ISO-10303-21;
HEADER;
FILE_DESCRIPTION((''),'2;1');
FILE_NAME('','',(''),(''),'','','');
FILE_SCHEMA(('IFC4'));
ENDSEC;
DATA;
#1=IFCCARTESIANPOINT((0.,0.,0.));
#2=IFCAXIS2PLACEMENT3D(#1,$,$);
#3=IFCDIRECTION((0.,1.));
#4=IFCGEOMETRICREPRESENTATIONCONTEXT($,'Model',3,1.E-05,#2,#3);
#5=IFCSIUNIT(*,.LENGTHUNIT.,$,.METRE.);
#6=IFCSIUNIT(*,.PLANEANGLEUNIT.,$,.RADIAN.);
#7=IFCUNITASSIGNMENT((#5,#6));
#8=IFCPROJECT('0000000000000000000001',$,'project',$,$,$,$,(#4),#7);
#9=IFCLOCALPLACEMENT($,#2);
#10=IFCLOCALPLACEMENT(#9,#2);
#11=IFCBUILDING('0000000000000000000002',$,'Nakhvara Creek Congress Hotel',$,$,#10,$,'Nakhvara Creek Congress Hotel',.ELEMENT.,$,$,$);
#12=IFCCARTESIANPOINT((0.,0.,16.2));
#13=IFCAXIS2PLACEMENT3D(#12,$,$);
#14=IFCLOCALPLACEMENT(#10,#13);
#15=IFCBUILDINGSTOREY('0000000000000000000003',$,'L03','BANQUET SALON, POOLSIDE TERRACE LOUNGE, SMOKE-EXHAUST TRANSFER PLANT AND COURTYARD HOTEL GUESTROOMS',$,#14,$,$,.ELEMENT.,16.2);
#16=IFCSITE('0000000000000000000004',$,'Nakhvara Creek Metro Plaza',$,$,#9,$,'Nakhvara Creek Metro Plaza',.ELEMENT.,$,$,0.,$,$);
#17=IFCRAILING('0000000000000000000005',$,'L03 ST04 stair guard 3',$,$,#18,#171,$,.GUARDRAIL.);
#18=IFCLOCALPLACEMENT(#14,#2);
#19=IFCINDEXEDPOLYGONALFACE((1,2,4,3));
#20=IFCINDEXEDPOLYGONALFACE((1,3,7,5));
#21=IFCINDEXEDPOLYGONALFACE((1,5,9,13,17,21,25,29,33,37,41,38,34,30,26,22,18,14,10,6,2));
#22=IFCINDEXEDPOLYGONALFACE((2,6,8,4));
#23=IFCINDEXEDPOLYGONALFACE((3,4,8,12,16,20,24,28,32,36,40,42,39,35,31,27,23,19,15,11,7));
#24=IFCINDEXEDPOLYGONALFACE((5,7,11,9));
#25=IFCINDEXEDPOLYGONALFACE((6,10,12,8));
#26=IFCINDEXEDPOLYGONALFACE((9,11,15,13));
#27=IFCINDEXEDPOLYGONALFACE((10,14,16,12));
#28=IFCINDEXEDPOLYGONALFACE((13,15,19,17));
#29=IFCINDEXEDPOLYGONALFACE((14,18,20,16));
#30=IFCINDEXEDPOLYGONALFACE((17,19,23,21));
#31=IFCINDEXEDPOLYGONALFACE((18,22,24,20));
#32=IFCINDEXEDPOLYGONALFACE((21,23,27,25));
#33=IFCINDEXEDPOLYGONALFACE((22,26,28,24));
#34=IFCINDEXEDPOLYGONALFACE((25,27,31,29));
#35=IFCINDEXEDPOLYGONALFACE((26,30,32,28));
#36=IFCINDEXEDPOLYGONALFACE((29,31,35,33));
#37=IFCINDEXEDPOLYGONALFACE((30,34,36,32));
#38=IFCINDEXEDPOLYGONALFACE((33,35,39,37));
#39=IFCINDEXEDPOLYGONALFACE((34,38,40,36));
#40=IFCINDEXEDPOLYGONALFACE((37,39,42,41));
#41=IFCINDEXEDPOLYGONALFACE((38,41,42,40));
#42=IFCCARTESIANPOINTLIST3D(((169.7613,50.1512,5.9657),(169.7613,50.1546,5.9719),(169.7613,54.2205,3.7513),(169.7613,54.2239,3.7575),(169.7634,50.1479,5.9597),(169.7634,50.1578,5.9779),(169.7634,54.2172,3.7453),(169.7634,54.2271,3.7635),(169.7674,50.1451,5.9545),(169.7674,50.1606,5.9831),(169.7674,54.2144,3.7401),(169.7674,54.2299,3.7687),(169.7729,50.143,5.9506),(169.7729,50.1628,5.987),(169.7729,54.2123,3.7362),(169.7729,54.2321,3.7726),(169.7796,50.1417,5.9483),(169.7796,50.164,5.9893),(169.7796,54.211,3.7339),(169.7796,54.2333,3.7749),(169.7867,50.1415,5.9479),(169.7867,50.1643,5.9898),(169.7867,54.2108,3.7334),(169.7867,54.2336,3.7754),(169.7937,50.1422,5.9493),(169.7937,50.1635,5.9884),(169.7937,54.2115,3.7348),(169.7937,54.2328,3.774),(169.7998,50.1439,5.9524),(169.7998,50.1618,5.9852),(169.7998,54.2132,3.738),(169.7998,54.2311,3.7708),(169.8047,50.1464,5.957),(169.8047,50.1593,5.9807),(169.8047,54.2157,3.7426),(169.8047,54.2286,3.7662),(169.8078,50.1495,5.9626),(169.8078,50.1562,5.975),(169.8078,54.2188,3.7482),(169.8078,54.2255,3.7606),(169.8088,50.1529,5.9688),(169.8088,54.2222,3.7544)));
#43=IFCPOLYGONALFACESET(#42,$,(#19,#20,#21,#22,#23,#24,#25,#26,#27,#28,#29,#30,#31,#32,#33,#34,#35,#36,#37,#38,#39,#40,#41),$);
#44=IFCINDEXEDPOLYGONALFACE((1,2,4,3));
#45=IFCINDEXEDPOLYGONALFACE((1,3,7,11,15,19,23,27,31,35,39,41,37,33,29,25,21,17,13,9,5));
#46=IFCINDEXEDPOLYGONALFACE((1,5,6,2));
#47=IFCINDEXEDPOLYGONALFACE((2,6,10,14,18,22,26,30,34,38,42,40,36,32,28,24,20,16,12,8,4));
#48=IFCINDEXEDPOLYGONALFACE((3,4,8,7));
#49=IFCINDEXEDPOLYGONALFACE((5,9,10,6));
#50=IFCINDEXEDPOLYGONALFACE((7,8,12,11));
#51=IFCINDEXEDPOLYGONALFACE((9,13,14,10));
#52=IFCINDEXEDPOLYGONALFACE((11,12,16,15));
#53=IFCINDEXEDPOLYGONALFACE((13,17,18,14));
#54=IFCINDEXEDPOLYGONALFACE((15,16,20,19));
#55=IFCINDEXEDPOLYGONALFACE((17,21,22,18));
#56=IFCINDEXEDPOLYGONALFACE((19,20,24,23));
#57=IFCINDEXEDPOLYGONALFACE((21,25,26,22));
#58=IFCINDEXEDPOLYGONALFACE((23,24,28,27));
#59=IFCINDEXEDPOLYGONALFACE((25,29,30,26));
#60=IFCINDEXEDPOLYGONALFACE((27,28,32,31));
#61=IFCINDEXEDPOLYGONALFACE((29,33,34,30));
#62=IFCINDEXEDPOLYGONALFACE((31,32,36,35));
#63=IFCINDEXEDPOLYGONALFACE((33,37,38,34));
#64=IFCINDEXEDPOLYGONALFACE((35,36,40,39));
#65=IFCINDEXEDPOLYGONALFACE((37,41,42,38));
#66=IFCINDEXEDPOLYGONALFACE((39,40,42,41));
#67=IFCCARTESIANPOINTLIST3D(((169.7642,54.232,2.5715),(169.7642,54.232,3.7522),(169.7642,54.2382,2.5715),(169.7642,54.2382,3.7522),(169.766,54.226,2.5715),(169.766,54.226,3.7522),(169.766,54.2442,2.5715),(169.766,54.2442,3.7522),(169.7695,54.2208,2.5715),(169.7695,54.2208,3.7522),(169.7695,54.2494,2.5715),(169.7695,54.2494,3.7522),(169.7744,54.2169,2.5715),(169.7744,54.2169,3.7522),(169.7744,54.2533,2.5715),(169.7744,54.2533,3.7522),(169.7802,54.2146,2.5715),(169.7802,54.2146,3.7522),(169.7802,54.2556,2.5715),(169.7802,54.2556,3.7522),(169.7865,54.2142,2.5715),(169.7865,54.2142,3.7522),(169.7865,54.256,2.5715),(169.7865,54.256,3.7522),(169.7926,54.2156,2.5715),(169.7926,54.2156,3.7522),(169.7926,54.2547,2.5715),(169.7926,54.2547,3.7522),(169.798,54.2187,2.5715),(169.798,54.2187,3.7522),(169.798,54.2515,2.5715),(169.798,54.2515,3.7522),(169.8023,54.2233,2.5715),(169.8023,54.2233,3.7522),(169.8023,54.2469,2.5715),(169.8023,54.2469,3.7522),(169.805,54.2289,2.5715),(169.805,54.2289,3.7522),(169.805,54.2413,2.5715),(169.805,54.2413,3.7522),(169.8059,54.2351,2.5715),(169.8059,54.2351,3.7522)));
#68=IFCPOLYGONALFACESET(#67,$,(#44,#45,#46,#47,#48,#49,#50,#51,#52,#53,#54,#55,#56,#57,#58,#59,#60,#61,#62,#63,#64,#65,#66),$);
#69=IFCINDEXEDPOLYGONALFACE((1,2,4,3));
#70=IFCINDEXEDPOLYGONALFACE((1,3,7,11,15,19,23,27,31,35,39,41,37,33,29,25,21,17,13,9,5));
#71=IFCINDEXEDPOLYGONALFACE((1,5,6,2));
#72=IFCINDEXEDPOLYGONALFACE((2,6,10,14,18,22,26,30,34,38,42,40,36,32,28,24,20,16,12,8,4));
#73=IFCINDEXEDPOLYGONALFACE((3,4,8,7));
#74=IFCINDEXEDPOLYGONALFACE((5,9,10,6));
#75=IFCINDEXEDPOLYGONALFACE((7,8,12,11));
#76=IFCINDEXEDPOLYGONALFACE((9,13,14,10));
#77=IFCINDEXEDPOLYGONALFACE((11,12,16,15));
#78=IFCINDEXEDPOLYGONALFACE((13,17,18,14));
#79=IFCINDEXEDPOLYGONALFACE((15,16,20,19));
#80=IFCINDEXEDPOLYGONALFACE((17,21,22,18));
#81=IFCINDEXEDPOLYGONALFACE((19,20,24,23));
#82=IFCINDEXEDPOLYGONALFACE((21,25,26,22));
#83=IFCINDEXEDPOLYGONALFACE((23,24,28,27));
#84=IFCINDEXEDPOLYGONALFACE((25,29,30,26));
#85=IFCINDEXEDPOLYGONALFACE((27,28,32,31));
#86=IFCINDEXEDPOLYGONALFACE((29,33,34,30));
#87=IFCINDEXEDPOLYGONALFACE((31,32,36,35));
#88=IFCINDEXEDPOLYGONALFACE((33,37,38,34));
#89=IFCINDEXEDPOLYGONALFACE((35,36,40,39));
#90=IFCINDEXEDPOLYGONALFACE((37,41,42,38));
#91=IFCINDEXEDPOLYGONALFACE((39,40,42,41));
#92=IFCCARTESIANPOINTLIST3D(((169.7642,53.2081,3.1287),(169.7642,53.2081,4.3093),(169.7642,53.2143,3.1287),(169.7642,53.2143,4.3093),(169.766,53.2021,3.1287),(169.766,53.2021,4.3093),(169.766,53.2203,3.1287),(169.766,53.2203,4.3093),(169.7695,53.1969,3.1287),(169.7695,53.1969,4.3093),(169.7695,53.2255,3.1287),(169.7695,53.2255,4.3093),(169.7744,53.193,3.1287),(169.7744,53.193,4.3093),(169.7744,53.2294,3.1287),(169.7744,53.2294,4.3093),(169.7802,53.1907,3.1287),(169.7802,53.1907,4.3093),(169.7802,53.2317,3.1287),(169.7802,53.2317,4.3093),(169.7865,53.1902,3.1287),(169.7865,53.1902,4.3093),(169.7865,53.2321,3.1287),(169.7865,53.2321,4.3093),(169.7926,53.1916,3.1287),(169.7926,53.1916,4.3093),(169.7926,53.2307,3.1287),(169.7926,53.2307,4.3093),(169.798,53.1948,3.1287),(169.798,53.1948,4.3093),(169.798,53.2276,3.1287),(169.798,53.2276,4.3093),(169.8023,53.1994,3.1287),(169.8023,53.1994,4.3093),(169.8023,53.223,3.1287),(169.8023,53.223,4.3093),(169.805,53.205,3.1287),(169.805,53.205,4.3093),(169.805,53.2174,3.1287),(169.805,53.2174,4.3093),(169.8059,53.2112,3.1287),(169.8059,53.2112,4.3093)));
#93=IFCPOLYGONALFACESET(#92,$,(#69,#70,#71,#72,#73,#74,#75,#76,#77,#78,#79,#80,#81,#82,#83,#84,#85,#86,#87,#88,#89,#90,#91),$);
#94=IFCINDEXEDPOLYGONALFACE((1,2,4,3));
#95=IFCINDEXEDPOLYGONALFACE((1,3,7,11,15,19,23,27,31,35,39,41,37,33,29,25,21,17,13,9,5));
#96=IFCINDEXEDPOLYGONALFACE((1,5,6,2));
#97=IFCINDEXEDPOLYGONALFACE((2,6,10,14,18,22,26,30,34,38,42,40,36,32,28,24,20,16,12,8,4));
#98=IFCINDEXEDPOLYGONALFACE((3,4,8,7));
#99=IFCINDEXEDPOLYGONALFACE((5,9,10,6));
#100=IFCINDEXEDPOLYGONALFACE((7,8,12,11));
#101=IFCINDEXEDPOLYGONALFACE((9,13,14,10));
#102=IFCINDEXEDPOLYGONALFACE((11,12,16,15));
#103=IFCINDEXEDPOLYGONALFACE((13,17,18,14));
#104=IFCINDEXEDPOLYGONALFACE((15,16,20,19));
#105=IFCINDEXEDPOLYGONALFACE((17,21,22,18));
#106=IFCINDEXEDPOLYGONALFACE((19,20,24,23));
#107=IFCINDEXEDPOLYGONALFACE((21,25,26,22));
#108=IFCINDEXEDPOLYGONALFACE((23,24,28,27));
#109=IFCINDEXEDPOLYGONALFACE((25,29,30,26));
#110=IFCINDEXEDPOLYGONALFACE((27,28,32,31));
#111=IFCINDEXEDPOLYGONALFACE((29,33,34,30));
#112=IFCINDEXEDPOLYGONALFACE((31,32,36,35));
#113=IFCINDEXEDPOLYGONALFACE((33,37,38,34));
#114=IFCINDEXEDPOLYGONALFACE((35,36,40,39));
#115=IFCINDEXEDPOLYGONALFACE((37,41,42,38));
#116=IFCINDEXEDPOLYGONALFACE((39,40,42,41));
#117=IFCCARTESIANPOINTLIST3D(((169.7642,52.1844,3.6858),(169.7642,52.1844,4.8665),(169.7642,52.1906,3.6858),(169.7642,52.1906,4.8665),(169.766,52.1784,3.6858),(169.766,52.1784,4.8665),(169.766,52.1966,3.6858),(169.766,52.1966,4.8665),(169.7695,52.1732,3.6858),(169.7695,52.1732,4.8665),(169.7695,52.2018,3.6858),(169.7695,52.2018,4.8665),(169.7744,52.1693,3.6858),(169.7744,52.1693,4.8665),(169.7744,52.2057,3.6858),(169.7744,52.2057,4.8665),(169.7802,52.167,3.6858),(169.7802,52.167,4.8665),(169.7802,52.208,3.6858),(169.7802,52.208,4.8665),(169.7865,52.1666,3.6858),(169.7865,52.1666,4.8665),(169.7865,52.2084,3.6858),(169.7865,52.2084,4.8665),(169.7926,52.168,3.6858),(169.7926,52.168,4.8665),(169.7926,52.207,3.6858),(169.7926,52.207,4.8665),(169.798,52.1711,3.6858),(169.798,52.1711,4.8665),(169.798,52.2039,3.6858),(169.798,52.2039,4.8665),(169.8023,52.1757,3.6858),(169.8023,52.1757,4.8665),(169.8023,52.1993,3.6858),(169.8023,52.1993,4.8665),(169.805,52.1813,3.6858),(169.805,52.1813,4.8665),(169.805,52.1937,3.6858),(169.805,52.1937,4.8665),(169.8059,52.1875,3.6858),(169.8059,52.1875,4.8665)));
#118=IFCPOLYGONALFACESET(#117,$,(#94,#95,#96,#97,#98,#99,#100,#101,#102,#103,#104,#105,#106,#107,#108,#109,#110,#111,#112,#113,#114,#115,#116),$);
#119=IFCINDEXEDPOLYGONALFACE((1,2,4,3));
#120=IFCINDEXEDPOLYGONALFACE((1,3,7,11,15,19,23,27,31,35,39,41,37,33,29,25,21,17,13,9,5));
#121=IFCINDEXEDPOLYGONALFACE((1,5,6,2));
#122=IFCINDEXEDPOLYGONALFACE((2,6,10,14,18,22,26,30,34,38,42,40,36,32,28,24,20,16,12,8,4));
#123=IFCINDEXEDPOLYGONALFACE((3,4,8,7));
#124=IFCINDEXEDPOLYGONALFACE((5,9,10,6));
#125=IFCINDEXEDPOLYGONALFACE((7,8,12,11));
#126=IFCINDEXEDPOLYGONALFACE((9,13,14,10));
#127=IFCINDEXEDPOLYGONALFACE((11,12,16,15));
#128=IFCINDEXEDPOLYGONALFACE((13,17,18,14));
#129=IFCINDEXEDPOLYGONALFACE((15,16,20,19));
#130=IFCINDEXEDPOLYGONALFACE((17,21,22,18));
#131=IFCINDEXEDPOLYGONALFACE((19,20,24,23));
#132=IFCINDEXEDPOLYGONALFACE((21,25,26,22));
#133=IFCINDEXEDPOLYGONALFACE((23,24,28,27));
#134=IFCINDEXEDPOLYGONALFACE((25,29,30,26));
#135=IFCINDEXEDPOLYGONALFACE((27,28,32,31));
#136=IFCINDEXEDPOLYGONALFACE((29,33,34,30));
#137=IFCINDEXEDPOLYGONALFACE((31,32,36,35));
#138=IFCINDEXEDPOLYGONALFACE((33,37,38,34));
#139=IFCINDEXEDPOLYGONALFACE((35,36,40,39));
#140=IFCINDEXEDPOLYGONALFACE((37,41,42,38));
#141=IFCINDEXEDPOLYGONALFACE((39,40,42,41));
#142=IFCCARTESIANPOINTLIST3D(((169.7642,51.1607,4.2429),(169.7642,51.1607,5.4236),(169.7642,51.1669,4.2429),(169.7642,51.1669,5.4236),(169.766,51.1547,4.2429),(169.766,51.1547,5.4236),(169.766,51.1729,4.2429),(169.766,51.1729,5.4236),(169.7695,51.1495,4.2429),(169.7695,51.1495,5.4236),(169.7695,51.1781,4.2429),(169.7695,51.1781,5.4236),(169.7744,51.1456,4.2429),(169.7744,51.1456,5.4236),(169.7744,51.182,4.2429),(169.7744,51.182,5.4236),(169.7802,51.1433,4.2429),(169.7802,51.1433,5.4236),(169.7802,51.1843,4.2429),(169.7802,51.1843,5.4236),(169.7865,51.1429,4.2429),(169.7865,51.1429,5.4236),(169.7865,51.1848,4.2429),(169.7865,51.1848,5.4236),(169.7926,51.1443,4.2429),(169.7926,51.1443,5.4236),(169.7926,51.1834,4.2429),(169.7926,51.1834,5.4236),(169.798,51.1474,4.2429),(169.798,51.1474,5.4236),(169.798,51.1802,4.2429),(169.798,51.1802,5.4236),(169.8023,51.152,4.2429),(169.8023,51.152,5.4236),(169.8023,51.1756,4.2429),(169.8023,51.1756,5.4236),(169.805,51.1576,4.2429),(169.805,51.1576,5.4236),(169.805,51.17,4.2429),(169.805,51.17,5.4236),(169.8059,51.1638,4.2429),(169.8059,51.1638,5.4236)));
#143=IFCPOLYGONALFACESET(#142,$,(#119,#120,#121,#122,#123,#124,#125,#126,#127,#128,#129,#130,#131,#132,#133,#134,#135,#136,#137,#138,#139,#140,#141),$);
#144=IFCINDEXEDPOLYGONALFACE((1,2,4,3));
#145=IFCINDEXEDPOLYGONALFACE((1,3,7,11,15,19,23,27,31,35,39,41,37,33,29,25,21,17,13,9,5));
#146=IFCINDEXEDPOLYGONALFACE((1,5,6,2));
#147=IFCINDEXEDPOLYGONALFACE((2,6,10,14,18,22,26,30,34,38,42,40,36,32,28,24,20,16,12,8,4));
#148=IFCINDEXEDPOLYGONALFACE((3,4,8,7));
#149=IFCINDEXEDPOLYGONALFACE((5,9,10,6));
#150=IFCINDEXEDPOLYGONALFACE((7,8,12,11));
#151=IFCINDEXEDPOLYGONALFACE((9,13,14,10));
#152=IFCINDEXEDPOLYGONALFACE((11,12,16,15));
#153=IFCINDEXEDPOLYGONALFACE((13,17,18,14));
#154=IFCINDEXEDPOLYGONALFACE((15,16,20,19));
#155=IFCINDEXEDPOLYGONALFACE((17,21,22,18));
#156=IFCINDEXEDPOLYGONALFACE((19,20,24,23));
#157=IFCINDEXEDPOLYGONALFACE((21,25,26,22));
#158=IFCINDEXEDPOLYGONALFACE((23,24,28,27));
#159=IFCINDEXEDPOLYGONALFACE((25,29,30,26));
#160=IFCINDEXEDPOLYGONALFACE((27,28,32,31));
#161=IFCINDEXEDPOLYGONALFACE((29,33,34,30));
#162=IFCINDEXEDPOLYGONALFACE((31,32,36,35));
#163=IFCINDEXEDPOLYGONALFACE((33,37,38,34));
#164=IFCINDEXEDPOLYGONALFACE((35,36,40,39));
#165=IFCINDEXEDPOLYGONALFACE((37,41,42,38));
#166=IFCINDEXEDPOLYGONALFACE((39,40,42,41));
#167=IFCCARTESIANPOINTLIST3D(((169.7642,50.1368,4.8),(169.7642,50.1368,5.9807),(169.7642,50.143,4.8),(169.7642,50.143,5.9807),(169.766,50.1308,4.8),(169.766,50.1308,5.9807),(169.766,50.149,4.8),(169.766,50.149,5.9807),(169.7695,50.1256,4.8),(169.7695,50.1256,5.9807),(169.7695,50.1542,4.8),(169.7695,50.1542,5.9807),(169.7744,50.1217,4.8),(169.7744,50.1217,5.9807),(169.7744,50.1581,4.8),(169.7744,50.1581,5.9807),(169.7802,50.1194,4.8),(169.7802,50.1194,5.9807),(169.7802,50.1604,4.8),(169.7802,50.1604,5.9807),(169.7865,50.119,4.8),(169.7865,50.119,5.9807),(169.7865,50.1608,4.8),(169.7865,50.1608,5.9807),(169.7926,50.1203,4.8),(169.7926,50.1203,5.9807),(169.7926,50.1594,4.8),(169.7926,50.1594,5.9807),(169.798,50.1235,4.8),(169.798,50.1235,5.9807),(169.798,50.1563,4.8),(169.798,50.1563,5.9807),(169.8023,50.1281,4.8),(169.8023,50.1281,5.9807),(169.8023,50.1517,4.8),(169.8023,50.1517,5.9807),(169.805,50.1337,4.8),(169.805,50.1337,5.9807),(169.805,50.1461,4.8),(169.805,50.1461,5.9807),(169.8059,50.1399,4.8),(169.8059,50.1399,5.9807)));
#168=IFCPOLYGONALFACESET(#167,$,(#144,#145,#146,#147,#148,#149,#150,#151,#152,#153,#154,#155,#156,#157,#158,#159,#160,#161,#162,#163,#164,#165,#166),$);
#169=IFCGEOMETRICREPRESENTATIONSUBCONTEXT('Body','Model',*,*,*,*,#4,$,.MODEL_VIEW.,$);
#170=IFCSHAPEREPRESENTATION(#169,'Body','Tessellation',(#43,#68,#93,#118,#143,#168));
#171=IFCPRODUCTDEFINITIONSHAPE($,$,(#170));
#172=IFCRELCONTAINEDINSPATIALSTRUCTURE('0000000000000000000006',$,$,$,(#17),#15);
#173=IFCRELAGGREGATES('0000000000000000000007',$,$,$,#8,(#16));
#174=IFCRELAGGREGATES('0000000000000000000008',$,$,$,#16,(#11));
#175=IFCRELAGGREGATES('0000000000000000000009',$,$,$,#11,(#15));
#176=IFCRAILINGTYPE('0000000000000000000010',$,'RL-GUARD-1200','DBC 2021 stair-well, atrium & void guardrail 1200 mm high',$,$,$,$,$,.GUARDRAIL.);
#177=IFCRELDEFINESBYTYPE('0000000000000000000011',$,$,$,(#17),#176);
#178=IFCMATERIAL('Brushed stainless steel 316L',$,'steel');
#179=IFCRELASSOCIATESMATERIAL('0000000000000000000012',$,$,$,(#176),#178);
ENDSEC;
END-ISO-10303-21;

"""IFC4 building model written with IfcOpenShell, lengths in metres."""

from ifc_helpers import new_model, si_unit, direction, frame, origin, origin_2d, place, context, subcontext, project, spatial, circle, extrude, material, type_object, element, save


model = new_model("IFC4")

# Units and contexts
model_context = context("Model", 3, precision=1e-05, world=origin(), true_north=direction((0.0, 1.0)))
body_context = subcontext(model_context, "Body", "Model", "MODEL_VIEW")
ifc_project = project(units=[si_unit("LENGTHUNIT", "METRE"), si_unit("PLANEANGLEUNIT", "RADIAN")], contexts=[model_context])

# Site, building, storey
site_placement = place(None, origin())
site = spatial("IfcSite", under=ifc_project, at=site_placement, Name="Nakhvara Creek Metro Plaza", LongName="Nakhvara Creek Metro Plaza", CompositionType="ELEMENT", RefElevation=0.0)
building_placement = place(site_placement, origin())
building = spatial("IfcBuilding", under=site, at=building_placement, Name="Nakhvara Creek Congress Hotel", LongName="Nakhvara Creek Congress Hotel", CompositionType="ELEMENT")
storey_placement = place(building_placement, frame((0.0, 0.0, 16.2)))
storey = spatial("IfcBuildingStorey", under=building, at=storey_placement, Name="L03", Description="BANQUET SALON, POOLSIDE TERRACE LOUNGE, SMOKE-EXHAUST TRANSFER PLANT AND COURTYARD HOTEL GUESTROOMS", CompositionType="ELEMENT", Elevation=16.2)

# Railing
ifc_material_1 = material(Name="Brushed stainless steel 316L", Category="steel")
railing_type_1 = type_object("IfcRailingType", Name="RL-GUARD-1200", Description="DBC 2021 stair-well, atrium & void guardrail 1200 mm high", PredefinedType="GUARDRAIL", material=ifc_material_1)
railing_1_placement = place(storey_placement, frame((169.7849, 54.2351, 2.5715)))
element("IfcRailing", 1, at=railing_1_placement, inside=storey, type_object=railing_type_1, Name="L03 ST04 stair guard 3", PredefinedType="GUARDRAIL", context=body_context, shape_type="SweptSolid", body=[
    extrude(circle(Radius=0.0239, at=origin_2d()), frame((0.0, -0.0129, 1.1829), z_axis=(0.0, -0.878367, 0.477986), x_axis=(1.0, 0.0, 0.0)), (0.0, 0.0, 1.0), 4.6328),
    extrude(circle(Radius=0.021, at=origin_2d()), origin(), (0.0, 0.0, 1.0), 1.1807),
    extrude(circle(Radius=0.021, at=origin_2d()), frame((0.0, -1.0239, 0.5571)), (0.0, 0.0, 1.0), 1.1807),
    extrude(circle(Radius=0.021, at=origin_2d()), frame((0.0, -2.0476, 1.1143)), (0.0, 0.0, 1.0), 1.1807),
    extrude(circle(Radius=0.021, at=origin_2d()), frame((0.0, -3.0713, 1.6714)), (0.0, 0.0, 1.0), 1.1807),
    extrude(circle(Radius=0.021, at=origin_2d()), frame((0.0, -4.0952, 2.2285)), (0.0, 0.0, 1.0), 1.1807),
])

save(model, "model.ifc")
